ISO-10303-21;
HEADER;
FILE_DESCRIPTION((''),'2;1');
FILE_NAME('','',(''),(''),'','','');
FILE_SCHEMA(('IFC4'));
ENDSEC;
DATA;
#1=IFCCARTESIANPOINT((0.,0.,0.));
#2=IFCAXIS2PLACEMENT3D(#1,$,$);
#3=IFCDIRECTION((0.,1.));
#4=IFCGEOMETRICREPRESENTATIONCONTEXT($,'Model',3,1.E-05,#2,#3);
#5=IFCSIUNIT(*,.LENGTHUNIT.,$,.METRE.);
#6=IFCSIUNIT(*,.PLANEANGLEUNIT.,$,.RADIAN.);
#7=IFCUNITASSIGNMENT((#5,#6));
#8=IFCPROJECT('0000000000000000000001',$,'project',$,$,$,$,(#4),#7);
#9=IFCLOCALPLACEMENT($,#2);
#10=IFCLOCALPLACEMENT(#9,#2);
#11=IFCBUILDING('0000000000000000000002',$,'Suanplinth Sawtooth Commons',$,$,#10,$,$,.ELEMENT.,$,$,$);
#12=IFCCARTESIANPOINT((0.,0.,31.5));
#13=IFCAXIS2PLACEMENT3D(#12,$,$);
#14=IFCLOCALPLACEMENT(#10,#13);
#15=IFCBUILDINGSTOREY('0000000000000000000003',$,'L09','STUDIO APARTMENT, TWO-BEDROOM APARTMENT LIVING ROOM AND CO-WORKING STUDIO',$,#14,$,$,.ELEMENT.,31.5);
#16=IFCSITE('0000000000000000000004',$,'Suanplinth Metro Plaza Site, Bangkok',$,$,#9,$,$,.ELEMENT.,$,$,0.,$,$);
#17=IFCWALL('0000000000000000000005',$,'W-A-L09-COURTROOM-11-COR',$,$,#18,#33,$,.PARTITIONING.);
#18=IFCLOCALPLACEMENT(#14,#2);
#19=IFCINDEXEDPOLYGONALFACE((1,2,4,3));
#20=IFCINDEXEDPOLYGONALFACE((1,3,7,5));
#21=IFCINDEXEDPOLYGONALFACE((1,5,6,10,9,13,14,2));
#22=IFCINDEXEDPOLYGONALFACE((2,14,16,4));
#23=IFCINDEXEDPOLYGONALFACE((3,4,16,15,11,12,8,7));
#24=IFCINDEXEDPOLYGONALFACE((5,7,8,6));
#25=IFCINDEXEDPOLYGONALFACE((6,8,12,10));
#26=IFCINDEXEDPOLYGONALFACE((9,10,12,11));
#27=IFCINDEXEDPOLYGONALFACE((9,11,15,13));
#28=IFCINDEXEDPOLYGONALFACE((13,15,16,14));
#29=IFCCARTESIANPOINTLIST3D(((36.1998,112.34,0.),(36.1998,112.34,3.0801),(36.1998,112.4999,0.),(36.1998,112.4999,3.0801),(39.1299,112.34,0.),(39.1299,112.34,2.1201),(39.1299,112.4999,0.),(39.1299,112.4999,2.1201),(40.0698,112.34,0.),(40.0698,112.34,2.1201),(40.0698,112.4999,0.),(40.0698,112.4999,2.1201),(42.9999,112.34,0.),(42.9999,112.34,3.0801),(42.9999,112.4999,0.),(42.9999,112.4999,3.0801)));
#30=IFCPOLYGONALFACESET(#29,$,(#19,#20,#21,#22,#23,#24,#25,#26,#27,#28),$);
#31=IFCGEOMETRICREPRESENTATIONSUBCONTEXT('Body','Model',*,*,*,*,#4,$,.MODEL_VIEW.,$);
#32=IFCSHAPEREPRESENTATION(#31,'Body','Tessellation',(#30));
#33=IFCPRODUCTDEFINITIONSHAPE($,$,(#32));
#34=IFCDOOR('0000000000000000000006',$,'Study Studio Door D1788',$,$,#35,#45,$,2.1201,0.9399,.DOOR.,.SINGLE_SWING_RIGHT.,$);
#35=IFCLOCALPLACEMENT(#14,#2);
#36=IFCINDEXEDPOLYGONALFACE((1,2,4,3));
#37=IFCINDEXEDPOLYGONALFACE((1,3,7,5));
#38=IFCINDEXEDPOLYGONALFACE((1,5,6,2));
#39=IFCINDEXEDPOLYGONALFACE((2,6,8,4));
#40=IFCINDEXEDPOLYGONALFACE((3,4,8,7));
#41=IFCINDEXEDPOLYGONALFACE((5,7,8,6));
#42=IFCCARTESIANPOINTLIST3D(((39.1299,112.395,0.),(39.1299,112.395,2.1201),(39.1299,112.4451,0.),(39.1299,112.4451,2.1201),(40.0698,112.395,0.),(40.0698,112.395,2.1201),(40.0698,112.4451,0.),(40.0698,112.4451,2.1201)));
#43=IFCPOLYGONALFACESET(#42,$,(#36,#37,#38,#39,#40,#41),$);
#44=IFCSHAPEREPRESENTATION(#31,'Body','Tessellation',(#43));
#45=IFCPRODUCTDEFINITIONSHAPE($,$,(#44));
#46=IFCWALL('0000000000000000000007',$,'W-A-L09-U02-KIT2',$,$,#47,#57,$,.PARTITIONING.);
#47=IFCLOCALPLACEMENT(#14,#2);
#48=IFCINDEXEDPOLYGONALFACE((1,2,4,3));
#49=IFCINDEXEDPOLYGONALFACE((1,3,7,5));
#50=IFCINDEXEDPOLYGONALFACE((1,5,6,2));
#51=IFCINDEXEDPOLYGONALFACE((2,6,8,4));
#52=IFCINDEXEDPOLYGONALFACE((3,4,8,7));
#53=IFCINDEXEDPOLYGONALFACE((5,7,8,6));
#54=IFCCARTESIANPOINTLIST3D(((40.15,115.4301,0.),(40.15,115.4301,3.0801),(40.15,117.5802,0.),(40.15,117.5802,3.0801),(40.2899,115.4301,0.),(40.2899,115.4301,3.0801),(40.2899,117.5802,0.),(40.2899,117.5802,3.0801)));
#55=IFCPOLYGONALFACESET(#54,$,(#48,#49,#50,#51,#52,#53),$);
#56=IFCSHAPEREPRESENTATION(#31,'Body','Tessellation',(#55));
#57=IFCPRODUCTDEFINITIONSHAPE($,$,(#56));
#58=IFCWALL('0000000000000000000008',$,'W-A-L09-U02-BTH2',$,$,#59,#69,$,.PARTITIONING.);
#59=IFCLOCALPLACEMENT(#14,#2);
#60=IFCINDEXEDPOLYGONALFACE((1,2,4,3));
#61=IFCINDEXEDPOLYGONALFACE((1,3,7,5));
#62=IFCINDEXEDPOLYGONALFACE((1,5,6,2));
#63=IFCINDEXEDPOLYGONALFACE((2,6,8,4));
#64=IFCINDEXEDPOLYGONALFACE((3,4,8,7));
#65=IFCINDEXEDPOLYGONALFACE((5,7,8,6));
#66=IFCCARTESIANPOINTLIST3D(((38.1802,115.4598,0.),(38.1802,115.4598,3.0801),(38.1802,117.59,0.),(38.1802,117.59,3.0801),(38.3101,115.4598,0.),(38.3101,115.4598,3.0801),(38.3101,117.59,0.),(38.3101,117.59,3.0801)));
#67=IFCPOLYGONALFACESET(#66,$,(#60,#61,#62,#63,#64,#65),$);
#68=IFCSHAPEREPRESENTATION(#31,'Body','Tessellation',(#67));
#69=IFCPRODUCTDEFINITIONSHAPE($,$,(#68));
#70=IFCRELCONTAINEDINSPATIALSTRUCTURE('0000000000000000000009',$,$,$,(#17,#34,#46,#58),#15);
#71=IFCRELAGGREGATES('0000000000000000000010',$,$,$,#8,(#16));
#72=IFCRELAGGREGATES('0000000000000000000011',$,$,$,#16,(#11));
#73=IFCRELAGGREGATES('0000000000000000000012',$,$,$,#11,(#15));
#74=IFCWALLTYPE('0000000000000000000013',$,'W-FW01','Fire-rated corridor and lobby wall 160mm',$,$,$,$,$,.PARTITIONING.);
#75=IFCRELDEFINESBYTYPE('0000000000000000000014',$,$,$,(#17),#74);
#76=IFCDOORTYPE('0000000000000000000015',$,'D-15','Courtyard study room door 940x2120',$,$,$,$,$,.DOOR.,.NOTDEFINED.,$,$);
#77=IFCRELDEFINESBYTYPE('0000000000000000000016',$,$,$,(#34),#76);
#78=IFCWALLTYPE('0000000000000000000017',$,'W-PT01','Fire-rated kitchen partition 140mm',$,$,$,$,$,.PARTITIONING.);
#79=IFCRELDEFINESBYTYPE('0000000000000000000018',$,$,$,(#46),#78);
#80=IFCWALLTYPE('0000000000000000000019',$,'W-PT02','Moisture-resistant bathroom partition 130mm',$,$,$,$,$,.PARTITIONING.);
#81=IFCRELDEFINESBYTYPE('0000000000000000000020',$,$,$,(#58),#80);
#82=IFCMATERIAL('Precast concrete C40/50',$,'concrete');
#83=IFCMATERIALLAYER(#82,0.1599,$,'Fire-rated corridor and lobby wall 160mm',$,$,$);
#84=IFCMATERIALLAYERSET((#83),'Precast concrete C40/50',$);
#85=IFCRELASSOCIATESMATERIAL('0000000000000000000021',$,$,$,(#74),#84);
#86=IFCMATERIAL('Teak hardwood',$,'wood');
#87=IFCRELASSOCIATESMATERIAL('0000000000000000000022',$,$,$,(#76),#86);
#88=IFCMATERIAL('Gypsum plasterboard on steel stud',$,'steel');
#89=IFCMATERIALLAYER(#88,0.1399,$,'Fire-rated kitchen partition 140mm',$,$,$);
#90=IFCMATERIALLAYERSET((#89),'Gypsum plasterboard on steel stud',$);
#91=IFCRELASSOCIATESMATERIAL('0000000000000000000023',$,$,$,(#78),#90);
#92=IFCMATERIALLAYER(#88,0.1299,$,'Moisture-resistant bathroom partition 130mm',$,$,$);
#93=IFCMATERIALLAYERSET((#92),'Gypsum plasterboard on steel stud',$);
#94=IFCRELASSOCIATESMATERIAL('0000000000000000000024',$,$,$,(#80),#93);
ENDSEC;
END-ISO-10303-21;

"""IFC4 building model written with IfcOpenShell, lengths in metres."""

from ifc_helpers import new_model, si_unit, direction, frame, frame_2d, origin, place, context, subcontext, project, spatial, rectangle, extrude, material, layer, layer_set, type_object, element, fill, save


model = new_model("IFC4")

# Units and contexts
model_context = context("Model", 3, precision=1e-05, world=origin(), true_north=direction((0.0, 1.0)))
body_context = subcontext(model_context, "Body", "Model", "MODEL_VIEW")
ifc_project = project(units=[si_unit("LENGTHUNIT", "METRE"), si_unit("PLANEANGLEUNIT", "RADIAN")], contexts=[model_context])

# Site, building, storey
site_placement = place(None, origin())
site = spatial("IfcSite", under=ifc_project, at=site_placement, Name="Suanplinth Metro Plaza Site, Bangkok", CompositionType="ELEMENT", RefElevation=0.0)
building_placement = place(site_placement, origin())
building = spatial("IfcBuilding", under=site, at=building_placement, Name="Suanplinth Sawtooth Commons", CompositionType="ELEMENT")
storey_placement = place(building_placement, frame((0.0, 0.0, 31.5)))
storey = spatial("IfcBuildingStorey", under=building, at=storey_placement, Name="L09", Description="STUDIO APARTMENT, TWO-BEDROOM APARTMENT LIVING ROOM AND CO-WORKING STUDIO", CompositionType="ELEMENT", Elevation=31.5)

# Shared definitions
ifc_material_1 = material(Name="Precast concrete C40/50", Category="concrete")

# Wall, opening, door
ifc_layer_1 = layer(ifc_material_1, 0.1599, Name="Fire-rated corridor and lobby wall 160mm")
ifc_layer_set_1 = layer_set([ifc_layer_1], Name="Precast concrete C40/50")
wall_type_1 = type_object("IfcWallType", Name="W-FW01", Description="Fire-rated corridor and lobby wall 160mm", PredefinedType="PARTITIONING", material=ifc_layer_set_1)
wall_1_placement = place(storey_placement, frame((36.2, 112.4199, 0.0), z_axis=(0.0, 0.0, 1.0), x_axis=(1.0, 0.0, 0.0)))
wall_1 = element("IfcWall", 1, at=wall_1_placement, inside=storey, type_object=wall_type_1, Name="W-A-L09-COURTROOM-11-COR", PredefinedType="PARTITIONING", context=body_context, shape_type="SweptSolid", body=[
    extrude(rectangle(XDim=6.8, YDim=0.1599, at=frame_2d((3.3999, 0.0))), origin(), (0.0, 0.0, 1.0), 3.0801),
])
opening_1_placement = place(wall_1_placement, frame((2.9299, 0.0, 0.0)))
opening_1 = element("IfcOpeningElement", 2, at=opening_1_placement, cuts=wall_1, PredefinedType="OPENING", context=body_context, shape_type="SweptSolid", body=[
    extrude(rectangle(XDim=0.9399, YDim=2.1201, at=frame_2d((0.47, 1.0601))), frame((0.0, 0.0947, 0.0), z_axis=(0.0, -1.0, 0.0), x_axis=(1.0, 0.0, 0.0)), (0.0, 0.0, 1.0), 0.1897),
])
ifc_material_2 = material(Name="Teak hardwood", Category="wood")
door_type_1 = type_object("IfcDoorType", Name="D-15", Description="Courtyard study room door 940x2120", OperationType="NOTDEFINED", PredefinedType="DOOR", material=ifc_material_2)
door_1_placement = place(opening_1_placement, frame((0.9399, 0.0, 0.0), z_axis=(0.0, 0.0, 1.0), x_axis=(-1.0, 0.0, 0.0)))
door_1 = element("IfcDoor", 3, at=door_1_placement, inside=storey, type_object=door_type_1, Name="Study Studio Door D1788", OperationType="SINGLE_SWING_RIGHT", OverallHeight=2.1201, OverallWidth=0.9399, PredefinedType="DOOR", context=body_context, shape_type="SweptSolid", body=[
    extrude(rectangle(XDim=0.9399, YDim=2.1201, at=frame_2d((0.47, 1.0601))), frame((0.0, 0.0249, 0.0), z_axis=(0.0, -1.0, 0.0), x_axis=(1.0, 0.0, 0.0)), (0.0, 0.0, 1.0), 0.05),
])
fill(opening_1, door_1)

# Walls
ifc_material_3 = material(Name="Gypsum plasterboard on steel stud", Category="steel")
ifc_layer_2 = layer(ifc_material_3, 0.1399, Name="Fire-rated kitchen partition 140mm")
ifc_layer_set_2 = layer_set([ifc_layer_2], Name="Gypsum plasterboard on steel stud")
wall_type_2 = type_object("IfcWallType", Name="W-PT01", Description="Fire-rated kitchen partition 140mm", PredefinedType="PARTITIONING", material=ifc_layer_set_2)
wall_2_placement = place(storey_placement, frame((40.22, 115.4299, 0.0), z_axis=(0.0, 0.0, 1.0), x_axis=(0.0, 1.0, 0.0)))
element("IfcWall", 4, at=wall_2_placement, inside=storey, type_object=wall_type_2, Name="W-A-L09-U02-KIT2", PredefinedType="PARTITIONING", context=body_context, shape_type="SweptSolid", body=[
    extrude(rectangle(XDim=2.1501, YDim=0.1399, at=frame_2d((1.0752, 0.0))), origin(), (0.0, 0.0, 1.0), 3.0801),
])
ifc_layer_3 = layer(ifc_material_3, 0.1299, Name="Moisture-resistant bathroom partition 130mm")
ifc_layer_set_3 = layer_set([ifc_layer_3], Name="Gypsum plasterboard on steel stud")
wall_type_3 = type_object("IfcWallType", Name="W-PT02", Description="Moisture-resistant bathroom partition 130mm", PredefinedType="PARTITIONING", material=ifc_layer_set_3)
wall_3_placement = place(storey_placement, frame((38.2451, 115.46, 0.0), z_axis=(0.0, 0.0, 1.0), x_axis=(0.0, 1.0, 0.0)))
element("IfcWall", 5, at=wall_3_placement, inside=storey, type_object=wall_type_3, Name="W-A-L09-U02-BTH2", PredefinedType="PARTITIONING", context=body_context, shape_type="SweptSolid", body=[
    extrude(rectangle(XDim=2.1301, YDim=0.1299, at=frame_2d((1.0649, 0.0))), origin(), (0.0, 0.0, 1.0), 3.0801),
])

save(model, "model.ifc")
